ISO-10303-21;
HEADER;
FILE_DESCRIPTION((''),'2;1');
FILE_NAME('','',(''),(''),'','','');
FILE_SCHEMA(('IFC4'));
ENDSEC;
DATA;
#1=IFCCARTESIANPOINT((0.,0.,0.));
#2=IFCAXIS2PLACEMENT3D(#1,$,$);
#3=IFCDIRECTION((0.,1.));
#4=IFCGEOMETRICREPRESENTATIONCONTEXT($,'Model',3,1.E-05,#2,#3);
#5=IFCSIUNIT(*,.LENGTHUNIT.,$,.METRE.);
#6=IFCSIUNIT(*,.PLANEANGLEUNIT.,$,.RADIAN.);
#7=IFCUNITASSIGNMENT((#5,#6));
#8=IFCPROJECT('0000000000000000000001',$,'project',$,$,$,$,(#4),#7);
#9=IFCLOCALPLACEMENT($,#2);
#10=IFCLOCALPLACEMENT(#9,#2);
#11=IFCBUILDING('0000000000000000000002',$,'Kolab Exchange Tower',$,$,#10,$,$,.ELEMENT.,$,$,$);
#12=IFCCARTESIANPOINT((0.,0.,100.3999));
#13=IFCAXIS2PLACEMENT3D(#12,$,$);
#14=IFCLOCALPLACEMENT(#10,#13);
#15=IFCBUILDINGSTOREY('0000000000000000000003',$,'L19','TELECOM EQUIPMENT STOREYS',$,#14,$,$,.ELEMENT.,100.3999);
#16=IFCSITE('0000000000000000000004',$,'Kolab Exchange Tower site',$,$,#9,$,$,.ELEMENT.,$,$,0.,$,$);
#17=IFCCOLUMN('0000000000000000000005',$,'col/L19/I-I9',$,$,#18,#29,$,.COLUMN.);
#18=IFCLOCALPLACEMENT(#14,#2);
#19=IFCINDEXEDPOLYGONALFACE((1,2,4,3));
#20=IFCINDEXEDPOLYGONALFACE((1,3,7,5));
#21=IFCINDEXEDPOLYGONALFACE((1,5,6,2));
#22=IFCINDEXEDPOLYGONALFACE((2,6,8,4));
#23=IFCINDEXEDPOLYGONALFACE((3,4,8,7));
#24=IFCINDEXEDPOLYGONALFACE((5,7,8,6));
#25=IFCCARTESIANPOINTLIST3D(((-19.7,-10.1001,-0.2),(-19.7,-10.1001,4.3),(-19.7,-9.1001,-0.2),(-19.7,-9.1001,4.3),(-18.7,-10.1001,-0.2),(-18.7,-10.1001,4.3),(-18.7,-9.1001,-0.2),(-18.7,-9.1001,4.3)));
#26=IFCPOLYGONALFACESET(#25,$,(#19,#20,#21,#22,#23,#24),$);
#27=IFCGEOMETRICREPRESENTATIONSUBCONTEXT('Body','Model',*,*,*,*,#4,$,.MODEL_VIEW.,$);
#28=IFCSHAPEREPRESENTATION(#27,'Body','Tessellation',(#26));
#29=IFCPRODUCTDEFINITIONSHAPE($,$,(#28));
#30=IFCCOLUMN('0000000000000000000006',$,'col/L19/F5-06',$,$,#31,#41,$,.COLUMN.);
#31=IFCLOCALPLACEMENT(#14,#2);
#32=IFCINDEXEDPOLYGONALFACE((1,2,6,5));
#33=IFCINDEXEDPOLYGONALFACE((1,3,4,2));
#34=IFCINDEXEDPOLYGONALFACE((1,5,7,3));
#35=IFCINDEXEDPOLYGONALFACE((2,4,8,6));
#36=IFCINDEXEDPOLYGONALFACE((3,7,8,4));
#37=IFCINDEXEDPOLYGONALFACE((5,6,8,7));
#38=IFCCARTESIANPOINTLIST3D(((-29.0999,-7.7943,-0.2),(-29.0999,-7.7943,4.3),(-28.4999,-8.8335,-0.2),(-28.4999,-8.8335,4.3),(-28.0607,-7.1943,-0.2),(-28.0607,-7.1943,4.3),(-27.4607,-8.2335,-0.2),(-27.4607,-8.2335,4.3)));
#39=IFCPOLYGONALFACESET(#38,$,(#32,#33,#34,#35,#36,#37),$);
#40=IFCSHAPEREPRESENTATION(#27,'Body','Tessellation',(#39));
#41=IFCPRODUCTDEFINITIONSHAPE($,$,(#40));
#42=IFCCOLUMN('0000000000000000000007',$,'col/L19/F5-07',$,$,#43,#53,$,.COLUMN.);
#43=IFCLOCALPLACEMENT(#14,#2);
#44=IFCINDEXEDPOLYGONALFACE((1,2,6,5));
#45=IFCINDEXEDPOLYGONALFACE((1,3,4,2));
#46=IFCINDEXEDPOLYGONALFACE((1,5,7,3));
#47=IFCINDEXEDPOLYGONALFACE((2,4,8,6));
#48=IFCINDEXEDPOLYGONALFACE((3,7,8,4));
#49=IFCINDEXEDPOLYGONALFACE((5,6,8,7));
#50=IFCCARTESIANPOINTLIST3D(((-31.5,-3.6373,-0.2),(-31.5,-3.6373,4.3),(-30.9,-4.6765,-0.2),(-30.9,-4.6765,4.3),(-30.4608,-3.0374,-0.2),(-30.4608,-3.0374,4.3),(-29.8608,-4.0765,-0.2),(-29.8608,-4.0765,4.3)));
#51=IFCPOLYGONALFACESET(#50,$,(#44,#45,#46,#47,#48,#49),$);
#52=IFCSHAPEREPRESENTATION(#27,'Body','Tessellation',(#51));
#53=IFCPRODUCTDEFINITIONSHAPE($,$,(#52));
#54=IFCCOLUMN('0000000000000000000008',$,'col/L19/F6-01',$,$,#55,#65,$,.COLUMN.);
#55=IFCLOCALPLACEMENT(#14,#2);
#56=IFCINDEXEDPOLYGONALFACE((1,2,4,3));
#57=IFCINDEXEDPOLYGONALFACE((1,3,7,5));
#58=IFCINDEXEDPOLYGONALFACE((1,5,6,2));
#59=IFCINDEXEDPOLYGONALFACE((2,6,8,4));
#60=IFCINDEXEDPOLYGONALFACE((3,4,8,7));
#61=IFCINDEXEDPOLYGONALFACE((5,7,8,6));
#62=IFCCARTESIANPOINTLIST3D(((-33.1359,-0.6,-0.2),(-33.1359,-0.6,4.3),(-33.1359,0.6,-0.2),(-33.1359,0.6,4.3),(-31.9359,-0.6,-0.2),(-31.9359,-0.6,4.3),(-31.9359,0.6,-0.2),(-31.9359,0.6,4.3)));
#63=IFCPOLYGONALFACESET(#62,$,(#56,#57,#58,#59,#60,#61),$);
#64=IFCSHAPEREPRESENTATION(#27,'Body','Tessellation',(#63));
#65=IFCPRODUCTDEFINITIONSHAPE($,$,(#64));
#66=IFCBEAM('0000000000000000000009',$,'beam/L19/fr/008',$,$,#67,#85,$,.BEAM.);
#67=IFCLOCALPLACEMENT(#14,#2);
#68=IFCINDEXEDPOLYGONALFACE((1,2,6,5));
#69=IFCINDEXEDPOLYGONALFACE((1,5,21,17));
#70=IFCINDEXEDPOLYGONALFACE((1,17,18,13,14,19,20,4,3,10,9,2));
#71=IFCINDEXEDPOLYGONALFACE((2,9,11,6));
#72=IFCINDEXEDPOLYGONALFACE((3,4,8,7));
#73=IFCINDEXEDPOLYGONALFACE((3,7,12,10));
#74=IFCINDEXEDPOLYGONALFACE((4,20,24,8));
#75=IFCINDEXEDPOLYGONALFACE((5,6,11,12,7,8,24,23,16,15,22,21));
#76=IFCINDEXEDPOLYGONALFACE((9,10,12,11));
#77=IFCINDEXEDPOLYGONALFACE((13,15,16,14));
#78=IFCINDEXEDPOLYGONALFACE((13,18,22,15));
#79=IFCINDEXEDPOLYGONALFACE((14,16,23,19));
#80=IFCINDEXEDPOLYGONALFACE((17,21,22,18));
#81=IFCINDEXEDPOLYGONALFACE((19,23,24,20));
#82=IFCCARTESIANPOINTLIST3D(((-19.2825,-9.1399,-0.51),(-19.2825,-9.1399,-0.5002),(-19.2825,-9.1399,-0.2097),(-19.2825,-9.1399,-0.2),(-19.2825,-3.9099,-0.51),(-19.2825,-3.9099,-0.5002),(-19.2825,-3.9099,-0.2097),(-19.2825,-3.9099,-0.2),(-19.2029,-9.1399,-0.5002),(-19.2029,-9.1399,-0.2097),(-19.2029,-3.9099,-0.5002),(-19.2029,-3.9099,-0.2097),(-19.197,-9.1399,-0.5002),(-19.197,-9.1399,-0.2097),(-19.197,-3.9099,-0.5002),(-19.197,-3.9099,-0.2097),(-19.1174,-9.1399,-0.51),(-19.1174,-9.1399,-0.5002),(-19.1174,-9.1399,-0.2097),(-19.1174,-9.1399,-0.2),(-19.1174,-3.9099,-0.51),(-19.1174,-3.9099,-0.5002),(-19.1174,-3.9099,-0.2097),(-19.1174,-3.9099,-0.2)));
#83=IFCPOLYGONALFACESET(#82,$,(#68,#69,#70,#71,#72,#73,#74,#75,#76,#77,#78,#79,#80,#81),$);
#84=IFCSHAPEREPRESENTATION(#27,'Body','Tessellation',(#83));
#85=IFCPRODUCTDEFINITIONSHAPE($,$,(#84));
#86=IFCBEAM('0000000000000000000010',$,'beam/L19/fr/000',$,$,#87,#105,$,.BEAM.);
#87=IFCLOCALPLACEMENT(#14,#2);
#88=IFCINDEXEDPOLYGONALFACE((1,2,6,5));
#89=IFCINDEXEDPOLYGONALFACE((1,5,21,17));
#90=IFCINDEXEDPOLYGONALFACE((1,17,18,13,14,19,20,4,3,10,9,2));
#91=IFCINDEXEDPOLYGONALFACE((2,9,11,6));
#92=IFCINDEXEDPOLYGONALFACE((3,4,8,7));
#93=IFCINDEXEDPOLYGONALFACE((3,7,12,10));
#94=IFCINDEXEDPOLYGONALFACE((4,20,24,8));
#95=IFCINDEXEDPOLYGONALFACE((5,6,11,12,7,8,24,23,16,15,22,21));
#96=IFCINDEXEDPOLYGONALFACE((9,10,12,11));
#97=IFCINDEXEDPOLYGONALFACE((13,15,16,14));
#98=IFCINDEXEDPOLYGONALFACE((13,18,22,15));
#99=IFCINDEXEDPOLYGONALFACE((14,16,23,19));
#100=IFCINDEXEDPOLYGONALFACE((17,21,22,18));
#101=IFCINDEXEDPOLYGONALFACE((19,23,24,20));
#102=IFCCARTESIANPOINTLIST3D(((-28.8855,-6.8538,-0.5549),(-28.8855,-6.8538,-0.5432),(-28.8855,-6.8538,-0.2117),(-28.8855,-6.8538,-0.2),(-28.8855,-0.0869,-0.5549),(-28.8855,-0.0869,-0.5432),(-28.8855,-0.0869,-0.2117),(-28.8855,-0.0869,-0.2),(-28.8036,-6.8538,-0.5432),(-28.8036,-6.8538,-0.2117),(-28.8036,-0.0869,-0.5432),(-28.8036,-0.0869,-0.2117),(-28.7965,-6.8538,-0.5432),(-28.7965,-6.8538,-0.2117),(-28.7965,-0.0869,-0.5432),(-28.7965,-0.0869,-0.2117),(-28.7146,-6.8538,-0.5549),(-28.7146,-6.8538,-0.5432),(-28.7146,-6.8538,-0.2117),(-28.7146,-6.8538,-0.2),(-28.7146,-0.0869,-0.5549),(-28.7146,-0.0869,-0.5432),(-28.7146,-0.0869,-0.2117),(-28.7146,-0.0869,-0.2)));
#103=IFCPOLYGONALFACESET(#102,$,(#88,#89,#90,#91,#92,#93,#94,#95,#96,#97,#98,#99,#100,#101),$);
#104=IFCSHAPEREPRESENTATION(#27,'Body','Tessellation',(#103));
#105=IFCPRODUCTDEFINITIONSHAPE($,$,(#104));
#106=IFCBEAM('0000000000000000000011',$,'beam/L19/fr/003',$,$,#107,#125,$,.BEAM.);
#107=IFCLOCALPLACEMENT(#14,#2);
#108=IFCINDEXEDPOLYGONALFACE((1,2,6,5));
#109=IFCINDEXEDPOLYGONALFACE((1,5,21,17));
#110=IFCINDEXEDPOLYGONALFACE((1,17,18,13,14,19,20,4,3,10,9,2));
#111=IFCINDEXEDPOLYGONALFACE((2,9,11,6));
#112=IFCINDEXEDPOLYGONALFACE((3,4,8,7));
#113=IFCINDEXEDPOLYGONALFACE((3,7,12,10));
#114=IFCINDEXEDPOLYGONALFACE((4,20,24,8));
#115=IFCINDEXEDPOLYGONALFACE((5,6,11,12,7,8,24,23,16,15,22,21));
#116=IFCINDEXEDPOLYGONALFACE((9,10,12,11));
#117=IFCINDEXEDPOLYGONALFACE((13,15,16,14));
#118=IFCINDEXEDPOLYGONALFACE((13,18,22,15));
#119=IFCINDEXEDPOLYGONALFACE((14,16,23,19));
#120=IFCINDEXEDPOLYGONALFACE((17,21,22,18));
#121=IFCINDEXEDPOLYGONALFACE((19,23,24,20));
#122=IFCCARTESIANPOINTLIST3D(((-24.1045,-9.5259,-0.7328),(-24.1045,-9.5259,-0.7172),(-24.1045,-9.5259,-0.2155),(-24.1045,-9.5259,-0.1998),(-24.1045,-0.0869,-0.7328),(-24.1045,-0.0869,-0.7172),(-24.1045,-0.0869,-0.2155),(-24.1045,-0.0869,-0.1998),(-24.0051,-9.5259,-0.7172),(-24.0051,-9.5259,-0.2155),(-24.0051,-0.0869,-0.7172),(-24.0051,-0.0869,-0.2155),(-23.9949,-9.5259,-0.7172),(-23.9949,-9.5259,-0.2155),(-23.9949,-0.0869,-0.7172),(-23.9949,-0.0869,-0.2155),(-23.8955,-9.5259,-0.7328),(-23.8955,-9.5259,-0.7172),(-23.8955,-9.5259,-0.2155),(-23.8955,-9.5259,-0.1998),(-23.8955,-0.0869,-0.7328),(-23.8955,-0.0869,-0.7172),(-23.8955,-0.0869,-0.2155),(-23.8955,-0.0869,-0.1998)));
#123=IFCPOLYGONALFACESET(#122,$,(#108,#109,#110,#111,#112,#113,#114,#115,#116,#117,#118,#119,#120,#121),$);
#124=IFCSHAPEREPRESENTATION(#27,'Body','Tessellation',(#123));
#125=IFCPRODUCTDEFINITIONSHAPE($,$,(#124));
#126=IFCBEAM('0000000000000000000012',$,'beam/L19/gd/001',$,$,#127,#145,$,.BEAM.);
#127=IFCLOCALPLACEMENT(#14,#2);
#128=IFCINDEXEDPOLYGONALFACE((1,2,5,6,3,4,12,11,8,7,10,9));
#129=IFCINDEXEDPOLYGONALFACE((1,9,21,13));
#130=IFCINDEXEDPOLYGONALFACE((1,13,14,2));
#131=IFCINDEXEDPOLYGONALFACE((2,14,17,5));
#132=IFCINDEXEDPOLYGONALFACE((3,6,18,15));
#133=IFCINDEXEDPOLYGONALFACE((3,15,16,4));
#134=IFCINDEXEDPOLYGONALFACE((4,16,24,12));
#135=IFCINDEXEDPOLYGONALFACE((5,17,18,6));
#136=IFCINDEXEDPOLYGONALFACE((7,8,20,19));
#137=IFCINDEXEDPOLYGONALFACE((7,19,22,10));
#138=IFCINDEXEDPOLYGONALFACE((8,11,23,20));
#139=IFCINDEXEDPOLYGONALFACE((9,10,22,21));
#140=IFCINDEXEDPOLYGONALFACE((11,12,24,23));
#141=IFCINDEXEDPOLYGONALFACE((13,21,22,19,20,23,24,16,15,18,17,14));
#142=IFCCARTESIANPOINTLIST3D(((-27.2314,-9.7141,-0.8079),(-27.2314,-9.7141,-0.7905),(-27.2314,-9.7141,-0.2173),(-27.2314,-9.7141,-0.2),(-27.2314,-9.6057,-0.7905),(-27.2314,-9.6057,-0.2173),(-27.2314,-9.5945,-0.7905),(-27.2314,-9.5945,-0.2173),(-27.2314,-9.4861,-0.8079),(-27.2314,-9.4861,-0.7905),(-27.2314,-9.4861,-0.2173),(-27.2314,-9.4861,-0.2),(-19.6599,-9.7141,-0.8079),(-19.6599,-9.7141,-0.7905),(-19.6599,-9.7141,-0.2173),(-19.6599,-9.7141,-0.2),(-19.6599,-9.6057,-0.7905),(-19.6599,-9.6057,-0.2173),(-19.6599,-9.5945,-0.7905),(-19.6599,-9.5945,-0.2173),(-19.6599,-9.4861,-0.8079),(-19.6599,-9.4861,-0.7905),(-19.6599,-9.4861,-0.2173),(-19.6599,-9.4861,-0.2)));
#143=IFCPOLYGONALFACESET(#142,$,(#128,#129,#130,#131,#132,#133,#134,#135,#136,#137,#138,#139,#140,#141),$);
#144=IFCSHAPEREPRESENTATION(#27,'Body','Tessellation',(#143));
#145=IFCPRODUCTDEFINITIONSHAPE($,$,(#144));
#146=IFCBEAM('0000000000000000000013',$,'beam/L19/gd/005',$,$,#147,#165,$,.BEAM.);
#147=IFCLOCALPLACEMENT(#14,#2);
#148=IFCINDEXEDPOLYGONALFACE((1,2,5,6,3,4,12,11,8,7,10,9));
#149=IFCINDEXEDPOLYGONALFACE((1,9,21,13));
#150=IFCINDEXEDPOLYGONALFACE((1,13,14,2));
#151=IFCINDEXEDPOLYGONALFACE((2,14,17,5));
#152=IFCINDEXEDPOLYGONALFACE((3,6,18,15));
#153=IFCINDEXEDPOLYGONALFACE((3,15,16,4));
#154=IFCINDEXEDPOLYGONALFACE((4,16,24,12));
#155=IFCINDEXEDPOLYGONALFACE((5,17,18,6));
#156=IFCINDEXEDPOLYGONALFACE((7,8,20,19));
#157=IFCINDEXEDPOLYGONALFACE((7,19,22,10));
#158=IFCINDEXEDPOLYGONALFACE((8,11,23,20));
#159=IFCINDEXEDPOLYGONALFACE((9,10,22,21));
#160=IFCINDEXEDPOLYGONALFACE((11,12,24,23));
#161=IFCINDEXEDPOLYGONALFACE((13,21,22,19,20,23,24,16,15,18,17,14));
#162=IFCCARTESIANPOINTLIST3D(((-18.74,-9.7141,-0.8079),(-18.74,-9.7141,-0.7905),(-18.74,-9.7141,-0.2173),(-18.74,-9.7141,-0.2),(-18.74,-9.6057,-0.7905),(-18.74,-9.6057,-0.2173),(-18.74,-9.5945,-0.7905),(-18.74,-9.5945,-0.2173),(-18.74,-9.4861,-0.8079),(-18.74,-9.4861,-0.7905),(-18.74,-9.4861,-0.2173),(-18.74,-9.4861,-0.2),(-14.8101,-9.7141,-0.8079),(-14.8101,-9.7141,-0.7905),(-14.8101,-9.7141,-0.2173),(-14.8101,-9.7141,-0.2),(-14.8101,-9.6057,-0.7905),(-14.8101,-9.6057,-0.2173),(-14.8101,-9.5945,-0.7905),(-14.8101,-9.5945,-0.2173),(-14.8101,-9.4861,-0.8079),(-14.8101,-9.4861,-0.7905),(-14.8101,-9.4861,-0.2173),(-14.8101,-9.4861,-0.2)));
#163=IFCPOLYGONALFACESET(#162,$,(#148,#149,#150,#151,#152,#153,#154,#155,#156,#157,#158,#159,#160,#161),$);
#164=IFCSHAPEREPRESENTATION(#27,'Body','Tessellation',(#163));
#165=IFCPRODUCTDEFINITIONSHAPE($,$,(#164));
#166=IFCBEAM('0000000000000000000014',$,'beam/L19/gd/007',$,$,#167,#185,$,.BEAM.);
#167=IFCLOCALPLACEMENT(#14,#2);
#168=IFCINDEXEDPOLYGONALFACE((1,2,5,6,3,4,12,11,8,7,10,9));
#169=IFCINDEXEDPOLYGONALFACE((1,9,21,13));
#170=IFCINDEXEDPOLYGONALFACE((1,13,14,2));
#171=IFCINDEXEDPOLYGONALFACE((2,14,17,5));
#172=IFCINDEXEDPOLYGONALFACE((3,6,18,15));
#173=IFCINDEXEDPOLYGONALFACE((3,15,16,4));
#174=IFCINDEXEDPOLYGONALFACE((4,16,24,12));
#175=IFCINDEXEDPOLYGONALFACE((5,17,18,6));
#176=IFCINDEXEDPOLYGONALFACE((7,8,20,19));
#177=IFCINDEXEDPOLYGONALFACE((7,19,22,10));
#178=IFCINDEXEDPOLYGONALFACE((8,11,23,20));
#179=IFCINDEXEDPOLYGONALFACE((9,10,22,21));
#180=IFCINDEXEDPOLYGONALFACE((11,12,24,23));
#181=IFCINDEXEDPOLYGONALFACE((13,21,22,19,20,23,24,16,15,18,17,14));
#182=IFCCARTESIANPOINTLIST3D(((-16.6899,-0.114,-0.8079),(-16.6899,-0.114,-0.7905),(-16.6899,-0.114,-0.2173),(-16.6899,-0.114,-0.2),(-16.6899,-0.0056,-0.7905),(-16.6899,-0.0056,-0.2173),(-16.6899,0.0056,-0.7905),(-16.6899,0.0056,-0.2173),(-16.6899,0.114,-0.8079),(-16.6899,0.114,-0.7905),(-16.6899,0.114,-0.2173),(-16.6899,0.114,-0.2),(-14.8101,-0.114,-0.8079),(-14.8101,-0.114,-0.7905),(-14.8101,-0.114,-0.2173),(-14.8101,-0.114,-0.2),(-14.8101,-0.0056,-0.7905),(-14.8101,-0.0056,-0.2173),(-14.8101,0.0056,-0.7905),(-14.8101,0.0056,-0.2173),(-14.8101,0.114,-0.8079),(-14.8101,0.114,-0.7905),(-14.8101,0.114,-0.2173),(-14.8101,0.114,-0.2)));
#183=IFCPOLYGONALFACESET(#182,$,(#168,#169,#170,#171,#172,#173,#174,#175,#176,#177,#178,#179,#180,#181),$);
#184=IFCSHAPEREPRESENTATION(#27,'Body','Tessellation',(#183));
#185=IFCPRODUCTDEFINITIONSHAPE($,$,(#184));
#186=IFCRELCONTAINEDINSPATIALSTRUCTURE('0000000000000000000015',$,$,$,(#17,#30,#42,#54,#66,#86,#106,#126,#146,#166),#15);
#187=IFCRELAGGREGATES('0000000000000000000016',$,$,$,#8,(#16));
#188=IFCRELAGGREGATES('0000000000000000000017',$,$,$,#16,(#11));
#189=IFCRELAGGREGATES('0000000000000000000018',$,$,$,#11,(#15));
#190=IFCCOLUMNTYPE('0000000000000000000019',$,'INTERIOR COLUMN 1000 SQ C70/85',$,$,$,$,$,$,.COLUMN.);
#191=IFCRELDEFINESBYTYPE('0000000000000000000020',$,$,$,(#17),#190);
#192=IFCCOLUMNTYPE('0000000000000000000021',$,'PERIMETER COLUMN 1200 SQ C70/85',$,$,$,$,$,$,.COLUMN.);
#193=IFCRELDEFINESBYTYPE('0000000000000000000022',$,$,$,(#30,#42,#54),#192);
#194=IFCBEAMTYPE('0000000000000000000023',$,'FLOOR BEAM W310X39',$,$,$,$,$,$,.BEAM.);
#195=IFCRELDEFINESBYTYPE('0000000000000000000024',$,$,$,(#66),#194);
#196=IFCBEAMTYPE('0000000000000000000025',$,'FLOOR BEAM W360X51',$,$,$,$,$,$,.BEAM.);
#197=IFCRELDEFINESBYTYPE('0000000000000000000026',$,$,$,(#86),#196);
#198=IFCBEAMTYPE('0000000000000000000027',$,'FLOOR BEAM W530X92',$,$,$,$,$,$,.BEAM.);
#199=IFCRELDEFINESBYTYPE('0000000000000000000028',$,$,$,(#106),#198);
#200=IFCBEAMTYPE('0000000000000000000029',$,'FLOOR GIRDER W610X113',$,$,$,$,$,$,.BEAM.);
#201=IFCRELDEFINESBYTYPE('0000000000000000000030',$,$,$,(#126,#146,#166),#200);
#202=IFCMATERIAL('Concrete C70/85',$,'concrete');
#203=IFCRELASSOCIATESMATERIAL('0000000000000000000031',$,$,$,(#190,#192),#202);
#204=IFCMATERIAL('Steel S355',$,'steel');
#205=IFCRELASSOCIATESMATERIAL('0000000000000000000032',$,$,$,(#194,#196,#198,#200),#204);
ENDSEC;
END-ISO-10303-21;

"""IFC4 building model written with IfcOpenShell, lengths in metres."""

from ifc_helpers import new_model, si_unit, direction, frame, origin, origin_2d, place, context, subcontext, project, spatial, rectangle, i_section, extrude, material, material_profile, profile_set, type_object, element, save


model = new_model("IFC4")

# Units and contexts
model_context = context("Model", 3, precision=1e-05, world=origin(), true_north=direction((0.0, 1.0)))
body_context = subcontext(model_context, "Body", "Model", "MODEL_VIEW")
ifc_project = project(units=[si_unit("LENGTHUNIT", "METRE"), si_unit("PLANEANGLEUNIT", "RADIAN")], contexts=[model_context])

# Site, building, storey
site_placement = place(None, origin())
site = spatial("IfcSite", under=ifc_project, at=site_placement, Name="Kolab Exchange Tower site", CompositionType="ELEMENT", RefElevation=0.0)
building_placement = place(site_placement, origin())
building = spatial("IfcBuilding", under=site, at=building_placement, Name="Kolab Exchange Tower", CompositionType="ELEMENT")
storey_placement = place(building_placement, frame((0.0, 0.0, 100.3999)))
storey = spatial("IfcBuildingStorey", under=building, at=storey_placement, Name="L19", Description="TELECOM EQUIPMENT STOREYS", CompositionType="ELEMENT", Elevation=100.3999)

# Columns
ifc_material_1 = material(Name="Concrete C70/85", Category="concrete")
ifc_material_profile_1 = material_profile(ifc_material_1, rectangle(XDim=1.0, YDim=1.0, at=origin_2d()), Name="RC1000")
ifc_profile_set_1 = profile_set([ifc_material_profile_1], Name="Concrete C70/85")
column_type_1 = type_object("IfcColumnType", Name="INTERIOR COLUMN 1000 SQ C70/85", PredefinedType="COLUMN", material=ifc_profile_set_1)
column_placement = place(storey_placement, frame((-19.2, -9.6001, -0.2), z_axis=(0.0, 0.0, 1.0), x_axis=(1.0, 0.0, 0.0)))
element("IfcColumn", 1, at=column_placement, inside=storey, type_object=column_type_1, Name="col/L19/I-I9", PredefinedType="COLUMN", context=body_context, shape_type="SweptSolid", body=[
    extrude(rectangle(XDim=1.0, YDim=1.0, at=origin_2d()), origin(), (0.0, 0.0, 1.0), 4.5),
])
ifc_material_profile_2 = material_profile(ifc_material_1, rectangle(XDim=1.2, YDim=1.2, at=origin_2d()), Name="RC1200")
ifc_profile_set_2 = profile_set([ifc_material_profile_2], Name="Concrete C70/85")
column_type_2 = type_object("IfcColumnType", Name="PERIMETER COLUMN 1200 SQ C70/85", PredefinedType="COLUMN", material=ifc_profile_set_2)
for number, where, z_axis, x_axis, name in (
    (2, (-28.2803, -8.0139, -0.2), (0.0, 0.0, 1.0), (0.866025, 0.5, 0.0), "col/L19/F5-06"),
    (3, (-30.6804, -3.8569, -0.2), (0.0, 0.0, 1.0), (0.866025, 0.5, 0.0), "col/L19/F5-07"),
    (4, (-32.5359, 0.0, -0.2), (0.0, 0.0, 1.0), (1.0, 0.0, 0.0), "col/L19/F6-01"),
):
    element("IfcColumn", number, at=place(storey_placement, frame(where, z_axis=z_axis, x_axis=x_axis)), inside=storey, type_object=column_type_2, Name=name, PredefinedType="COLUMN", context=body_context, shape_type="SweptSolid", body=[
        extrude(rectangle(XDim=1.2, YDim=1.2, at=origin_2d()), origin(), (0.0, 0.0, 1.0), 4.5),
    ])

# Beams
ifc_material_2 = material(Name="Steel S355", Category="steel")
ifc_material_profile_3 = material_profile(ifc_material_2, i_section(OverallWidth=0.165, OverallDepth=0.3101, WebThickness=0.0059, FlangeThickness=0.0098, at=origin_2d()), Name="W310X39")
ifc_profile_set_3 = profile_set([ifc_material_profile_3], Name="Steel S355")
beam_type_1 = type_object("IfcBeamType", Name="FLOOR BEAM W310X39", PredefinedType="BEAM", material=ifc_profile_set_3)
beam_1_placement = place(storey_placement, frame((-19.2, -9.1399, -0.355), z_axis=(0.0, 1.0, 0.0), x_axis=(-1.0, 0.0, 0.0)))
element("IfcBeam", 5, at=beam_1_placement, inside=storey, type_object=beam_type_1, Name="beam/L19/fr/008", PredefinedType="BEAM", context=body_context, shape_type="SweptSolid", body=[
    extrude(i_section(OverallWidth=0.165, OverallDepth=0.3101, WebThickness=0.0059, FlangeThickness=0.0098, at=origin_2d()), origin(), (0.0, 0.0, 1.0), 5.23),
])
ifc_material_profile_4 = material_profile(ifc_material_2, i_section(OverallWidth=0.1709, OverallDepth=0.355, WebThickness=0.0071, FlangeThickness=0.0117, at=origin_2d()), Name="W360X51")
ifc_profile_set_4 = profile_set([ifc_material_profile_4], Name="Steel S355")
beam_type_2 = type_object("IfcBeamType", Name="FLOOR BEAM W360X51", PredefinedType="BEAM", material=ifc_profile_set_4)
beam_2_placement = place(storey_placement, frame((-28.8, -6.8538, -0.3774), z_axis=(0.0, 1.0, 0.0), x_axis=(-1.0, 0.0, 0.0)))
element("IfcBeam", 6, at=beam_2_placement, inside=storey, type_object=beam_type_2, Name="beam/L19/fr/000", PredefinedType="BEAM", context=body_context, shape_type="SweptSolid", body=[
    extrude(i_section(OverallWidth=0.1709, OverallDepth=0.355, WebThickness=0.0071, FlangeThickness=0.0117, at=origin_2d()), origin(), (0.0, 0.0, 1.0), 6.7668),
])
ifc_material_profile_5 = material_profile(ifc_material_2, i_section(OverallWidth=0.209, OverallDepth=0.533, WebThickness=0.0103, FlangeThickness=0.0156, at=origin_2d()), Name="W530X92")
ifc_profile_set_5 = profile_set([ifc_material_profile_5], Name="Steel S355")
beam_type_3 = type_object("IfcBeamType", Name="FLOOR BEAM W530X92", PredefinedType="BEAM", material=ifc_profile_set_5)
beam_3_placement = place(storey_placement, frame((-24.0, -9.5259, -0.4663), z_axis=(0.0, 1.0, 0.0), x_axis=(-1.0, 0.0, 0.0)))
element("IfcBeam", 7, at=beam_3_placement, inside=storey, type_object=beam_type_3, Name="beam/L19/fr/003", PredefinedType="BEAM", context=body_context, shape_type="SweptSolid", body=[
    extrude(i_section(OverallWidth=0.209, OverallDepth=0.533, WebThickness=0.0103, FlangeThickness=0.0156, at=origin_2d()), origin(), (0.0, 0.0, 1.0), 9.439),
])
ifc_material_profile_6 = material_profile(ifc_material_2, i_section(OverallWidth=0.228, OverallDepth=0.6079, WebThickness=0.0112, FlangeThickness=0.0173, at=origin_2d()), Name="W610X113")
ifc_profile_set_6 = profile_set([ifc_material_profile_6], Name="Steel S355")
beam_type_4 = type_object("IfcBeamType", Name="FLOOR GIRDER W610X113", PredefinedType="BEAM", material=ifc_profile_set_6)
beam_4_placement = place(storey_placement, frame((-27.2314, -9.6001, -0.5039), z_axis=(1.0, 0.0, 0.0), x_axis=(0.0, 1.0, 0.0)))
element("IfcBeam", 8, at=beam_4_placement, inside=storey, type_object=beam_type_4, Name="beam/L19/gd/001", PredefinedType="BEAM", context=body_context, shape_type="SweptSolid", body=[
    extrude(i_section(OverallWidth=0.228, OverallDepth=0.6079, WebThickness=0.0112, FlangeThickness=0.0173, at=origin_2d()), origin(), (0.0, 0.0, 1.0), 7.5715),
])
beam_5_placement = place(storey_placement, frame((-18.74, -9.6001, -0.5039), z_axis=(1.0, 0.0, 0.0), x_axis=(0.0, 1.0, 0.0)))
element("IfcBeam", 9, at=beam_5_placement, inside=storey, type_object=beam_type_4, Name="beam/L19/gd/005", PredefinedType="BEAM", context=body_context, shape_type="SweptSolid", body=[
    extrude(i_section(OverallWidth=0.228, OverallDepth=0.6079, WebThickness=0.0112, FlangeThickness=0.0173, at=origin_2d()), origin(), (0.0, 0.0, 1.0), 3.9299),
])
beam_6_placement = place(storey_placement, frame((-16.6899, 0.0, -0.5039), z_axis=(1.0, 0.0, 0.0), x_axis=(0.0, 1.0, 0.0)))
element("IfcBeam", 10, at=beam_6_placement, inside=storey, type_object=beam_type_4, Name="beam/L19/gd/007", PredefinedType="BEAM", context=body_context, shape_type="SweptSolid", body=[
    extrude(i_section(OverallWidth=0.228, OverallDepth=0.6079, WebThickness=0.0112, FlangeThickness=0.0173, at=origin_2d()), origin(), (0.0, 0.0, 1.0), 1.8799),
])

save(model, "model.ifc")
